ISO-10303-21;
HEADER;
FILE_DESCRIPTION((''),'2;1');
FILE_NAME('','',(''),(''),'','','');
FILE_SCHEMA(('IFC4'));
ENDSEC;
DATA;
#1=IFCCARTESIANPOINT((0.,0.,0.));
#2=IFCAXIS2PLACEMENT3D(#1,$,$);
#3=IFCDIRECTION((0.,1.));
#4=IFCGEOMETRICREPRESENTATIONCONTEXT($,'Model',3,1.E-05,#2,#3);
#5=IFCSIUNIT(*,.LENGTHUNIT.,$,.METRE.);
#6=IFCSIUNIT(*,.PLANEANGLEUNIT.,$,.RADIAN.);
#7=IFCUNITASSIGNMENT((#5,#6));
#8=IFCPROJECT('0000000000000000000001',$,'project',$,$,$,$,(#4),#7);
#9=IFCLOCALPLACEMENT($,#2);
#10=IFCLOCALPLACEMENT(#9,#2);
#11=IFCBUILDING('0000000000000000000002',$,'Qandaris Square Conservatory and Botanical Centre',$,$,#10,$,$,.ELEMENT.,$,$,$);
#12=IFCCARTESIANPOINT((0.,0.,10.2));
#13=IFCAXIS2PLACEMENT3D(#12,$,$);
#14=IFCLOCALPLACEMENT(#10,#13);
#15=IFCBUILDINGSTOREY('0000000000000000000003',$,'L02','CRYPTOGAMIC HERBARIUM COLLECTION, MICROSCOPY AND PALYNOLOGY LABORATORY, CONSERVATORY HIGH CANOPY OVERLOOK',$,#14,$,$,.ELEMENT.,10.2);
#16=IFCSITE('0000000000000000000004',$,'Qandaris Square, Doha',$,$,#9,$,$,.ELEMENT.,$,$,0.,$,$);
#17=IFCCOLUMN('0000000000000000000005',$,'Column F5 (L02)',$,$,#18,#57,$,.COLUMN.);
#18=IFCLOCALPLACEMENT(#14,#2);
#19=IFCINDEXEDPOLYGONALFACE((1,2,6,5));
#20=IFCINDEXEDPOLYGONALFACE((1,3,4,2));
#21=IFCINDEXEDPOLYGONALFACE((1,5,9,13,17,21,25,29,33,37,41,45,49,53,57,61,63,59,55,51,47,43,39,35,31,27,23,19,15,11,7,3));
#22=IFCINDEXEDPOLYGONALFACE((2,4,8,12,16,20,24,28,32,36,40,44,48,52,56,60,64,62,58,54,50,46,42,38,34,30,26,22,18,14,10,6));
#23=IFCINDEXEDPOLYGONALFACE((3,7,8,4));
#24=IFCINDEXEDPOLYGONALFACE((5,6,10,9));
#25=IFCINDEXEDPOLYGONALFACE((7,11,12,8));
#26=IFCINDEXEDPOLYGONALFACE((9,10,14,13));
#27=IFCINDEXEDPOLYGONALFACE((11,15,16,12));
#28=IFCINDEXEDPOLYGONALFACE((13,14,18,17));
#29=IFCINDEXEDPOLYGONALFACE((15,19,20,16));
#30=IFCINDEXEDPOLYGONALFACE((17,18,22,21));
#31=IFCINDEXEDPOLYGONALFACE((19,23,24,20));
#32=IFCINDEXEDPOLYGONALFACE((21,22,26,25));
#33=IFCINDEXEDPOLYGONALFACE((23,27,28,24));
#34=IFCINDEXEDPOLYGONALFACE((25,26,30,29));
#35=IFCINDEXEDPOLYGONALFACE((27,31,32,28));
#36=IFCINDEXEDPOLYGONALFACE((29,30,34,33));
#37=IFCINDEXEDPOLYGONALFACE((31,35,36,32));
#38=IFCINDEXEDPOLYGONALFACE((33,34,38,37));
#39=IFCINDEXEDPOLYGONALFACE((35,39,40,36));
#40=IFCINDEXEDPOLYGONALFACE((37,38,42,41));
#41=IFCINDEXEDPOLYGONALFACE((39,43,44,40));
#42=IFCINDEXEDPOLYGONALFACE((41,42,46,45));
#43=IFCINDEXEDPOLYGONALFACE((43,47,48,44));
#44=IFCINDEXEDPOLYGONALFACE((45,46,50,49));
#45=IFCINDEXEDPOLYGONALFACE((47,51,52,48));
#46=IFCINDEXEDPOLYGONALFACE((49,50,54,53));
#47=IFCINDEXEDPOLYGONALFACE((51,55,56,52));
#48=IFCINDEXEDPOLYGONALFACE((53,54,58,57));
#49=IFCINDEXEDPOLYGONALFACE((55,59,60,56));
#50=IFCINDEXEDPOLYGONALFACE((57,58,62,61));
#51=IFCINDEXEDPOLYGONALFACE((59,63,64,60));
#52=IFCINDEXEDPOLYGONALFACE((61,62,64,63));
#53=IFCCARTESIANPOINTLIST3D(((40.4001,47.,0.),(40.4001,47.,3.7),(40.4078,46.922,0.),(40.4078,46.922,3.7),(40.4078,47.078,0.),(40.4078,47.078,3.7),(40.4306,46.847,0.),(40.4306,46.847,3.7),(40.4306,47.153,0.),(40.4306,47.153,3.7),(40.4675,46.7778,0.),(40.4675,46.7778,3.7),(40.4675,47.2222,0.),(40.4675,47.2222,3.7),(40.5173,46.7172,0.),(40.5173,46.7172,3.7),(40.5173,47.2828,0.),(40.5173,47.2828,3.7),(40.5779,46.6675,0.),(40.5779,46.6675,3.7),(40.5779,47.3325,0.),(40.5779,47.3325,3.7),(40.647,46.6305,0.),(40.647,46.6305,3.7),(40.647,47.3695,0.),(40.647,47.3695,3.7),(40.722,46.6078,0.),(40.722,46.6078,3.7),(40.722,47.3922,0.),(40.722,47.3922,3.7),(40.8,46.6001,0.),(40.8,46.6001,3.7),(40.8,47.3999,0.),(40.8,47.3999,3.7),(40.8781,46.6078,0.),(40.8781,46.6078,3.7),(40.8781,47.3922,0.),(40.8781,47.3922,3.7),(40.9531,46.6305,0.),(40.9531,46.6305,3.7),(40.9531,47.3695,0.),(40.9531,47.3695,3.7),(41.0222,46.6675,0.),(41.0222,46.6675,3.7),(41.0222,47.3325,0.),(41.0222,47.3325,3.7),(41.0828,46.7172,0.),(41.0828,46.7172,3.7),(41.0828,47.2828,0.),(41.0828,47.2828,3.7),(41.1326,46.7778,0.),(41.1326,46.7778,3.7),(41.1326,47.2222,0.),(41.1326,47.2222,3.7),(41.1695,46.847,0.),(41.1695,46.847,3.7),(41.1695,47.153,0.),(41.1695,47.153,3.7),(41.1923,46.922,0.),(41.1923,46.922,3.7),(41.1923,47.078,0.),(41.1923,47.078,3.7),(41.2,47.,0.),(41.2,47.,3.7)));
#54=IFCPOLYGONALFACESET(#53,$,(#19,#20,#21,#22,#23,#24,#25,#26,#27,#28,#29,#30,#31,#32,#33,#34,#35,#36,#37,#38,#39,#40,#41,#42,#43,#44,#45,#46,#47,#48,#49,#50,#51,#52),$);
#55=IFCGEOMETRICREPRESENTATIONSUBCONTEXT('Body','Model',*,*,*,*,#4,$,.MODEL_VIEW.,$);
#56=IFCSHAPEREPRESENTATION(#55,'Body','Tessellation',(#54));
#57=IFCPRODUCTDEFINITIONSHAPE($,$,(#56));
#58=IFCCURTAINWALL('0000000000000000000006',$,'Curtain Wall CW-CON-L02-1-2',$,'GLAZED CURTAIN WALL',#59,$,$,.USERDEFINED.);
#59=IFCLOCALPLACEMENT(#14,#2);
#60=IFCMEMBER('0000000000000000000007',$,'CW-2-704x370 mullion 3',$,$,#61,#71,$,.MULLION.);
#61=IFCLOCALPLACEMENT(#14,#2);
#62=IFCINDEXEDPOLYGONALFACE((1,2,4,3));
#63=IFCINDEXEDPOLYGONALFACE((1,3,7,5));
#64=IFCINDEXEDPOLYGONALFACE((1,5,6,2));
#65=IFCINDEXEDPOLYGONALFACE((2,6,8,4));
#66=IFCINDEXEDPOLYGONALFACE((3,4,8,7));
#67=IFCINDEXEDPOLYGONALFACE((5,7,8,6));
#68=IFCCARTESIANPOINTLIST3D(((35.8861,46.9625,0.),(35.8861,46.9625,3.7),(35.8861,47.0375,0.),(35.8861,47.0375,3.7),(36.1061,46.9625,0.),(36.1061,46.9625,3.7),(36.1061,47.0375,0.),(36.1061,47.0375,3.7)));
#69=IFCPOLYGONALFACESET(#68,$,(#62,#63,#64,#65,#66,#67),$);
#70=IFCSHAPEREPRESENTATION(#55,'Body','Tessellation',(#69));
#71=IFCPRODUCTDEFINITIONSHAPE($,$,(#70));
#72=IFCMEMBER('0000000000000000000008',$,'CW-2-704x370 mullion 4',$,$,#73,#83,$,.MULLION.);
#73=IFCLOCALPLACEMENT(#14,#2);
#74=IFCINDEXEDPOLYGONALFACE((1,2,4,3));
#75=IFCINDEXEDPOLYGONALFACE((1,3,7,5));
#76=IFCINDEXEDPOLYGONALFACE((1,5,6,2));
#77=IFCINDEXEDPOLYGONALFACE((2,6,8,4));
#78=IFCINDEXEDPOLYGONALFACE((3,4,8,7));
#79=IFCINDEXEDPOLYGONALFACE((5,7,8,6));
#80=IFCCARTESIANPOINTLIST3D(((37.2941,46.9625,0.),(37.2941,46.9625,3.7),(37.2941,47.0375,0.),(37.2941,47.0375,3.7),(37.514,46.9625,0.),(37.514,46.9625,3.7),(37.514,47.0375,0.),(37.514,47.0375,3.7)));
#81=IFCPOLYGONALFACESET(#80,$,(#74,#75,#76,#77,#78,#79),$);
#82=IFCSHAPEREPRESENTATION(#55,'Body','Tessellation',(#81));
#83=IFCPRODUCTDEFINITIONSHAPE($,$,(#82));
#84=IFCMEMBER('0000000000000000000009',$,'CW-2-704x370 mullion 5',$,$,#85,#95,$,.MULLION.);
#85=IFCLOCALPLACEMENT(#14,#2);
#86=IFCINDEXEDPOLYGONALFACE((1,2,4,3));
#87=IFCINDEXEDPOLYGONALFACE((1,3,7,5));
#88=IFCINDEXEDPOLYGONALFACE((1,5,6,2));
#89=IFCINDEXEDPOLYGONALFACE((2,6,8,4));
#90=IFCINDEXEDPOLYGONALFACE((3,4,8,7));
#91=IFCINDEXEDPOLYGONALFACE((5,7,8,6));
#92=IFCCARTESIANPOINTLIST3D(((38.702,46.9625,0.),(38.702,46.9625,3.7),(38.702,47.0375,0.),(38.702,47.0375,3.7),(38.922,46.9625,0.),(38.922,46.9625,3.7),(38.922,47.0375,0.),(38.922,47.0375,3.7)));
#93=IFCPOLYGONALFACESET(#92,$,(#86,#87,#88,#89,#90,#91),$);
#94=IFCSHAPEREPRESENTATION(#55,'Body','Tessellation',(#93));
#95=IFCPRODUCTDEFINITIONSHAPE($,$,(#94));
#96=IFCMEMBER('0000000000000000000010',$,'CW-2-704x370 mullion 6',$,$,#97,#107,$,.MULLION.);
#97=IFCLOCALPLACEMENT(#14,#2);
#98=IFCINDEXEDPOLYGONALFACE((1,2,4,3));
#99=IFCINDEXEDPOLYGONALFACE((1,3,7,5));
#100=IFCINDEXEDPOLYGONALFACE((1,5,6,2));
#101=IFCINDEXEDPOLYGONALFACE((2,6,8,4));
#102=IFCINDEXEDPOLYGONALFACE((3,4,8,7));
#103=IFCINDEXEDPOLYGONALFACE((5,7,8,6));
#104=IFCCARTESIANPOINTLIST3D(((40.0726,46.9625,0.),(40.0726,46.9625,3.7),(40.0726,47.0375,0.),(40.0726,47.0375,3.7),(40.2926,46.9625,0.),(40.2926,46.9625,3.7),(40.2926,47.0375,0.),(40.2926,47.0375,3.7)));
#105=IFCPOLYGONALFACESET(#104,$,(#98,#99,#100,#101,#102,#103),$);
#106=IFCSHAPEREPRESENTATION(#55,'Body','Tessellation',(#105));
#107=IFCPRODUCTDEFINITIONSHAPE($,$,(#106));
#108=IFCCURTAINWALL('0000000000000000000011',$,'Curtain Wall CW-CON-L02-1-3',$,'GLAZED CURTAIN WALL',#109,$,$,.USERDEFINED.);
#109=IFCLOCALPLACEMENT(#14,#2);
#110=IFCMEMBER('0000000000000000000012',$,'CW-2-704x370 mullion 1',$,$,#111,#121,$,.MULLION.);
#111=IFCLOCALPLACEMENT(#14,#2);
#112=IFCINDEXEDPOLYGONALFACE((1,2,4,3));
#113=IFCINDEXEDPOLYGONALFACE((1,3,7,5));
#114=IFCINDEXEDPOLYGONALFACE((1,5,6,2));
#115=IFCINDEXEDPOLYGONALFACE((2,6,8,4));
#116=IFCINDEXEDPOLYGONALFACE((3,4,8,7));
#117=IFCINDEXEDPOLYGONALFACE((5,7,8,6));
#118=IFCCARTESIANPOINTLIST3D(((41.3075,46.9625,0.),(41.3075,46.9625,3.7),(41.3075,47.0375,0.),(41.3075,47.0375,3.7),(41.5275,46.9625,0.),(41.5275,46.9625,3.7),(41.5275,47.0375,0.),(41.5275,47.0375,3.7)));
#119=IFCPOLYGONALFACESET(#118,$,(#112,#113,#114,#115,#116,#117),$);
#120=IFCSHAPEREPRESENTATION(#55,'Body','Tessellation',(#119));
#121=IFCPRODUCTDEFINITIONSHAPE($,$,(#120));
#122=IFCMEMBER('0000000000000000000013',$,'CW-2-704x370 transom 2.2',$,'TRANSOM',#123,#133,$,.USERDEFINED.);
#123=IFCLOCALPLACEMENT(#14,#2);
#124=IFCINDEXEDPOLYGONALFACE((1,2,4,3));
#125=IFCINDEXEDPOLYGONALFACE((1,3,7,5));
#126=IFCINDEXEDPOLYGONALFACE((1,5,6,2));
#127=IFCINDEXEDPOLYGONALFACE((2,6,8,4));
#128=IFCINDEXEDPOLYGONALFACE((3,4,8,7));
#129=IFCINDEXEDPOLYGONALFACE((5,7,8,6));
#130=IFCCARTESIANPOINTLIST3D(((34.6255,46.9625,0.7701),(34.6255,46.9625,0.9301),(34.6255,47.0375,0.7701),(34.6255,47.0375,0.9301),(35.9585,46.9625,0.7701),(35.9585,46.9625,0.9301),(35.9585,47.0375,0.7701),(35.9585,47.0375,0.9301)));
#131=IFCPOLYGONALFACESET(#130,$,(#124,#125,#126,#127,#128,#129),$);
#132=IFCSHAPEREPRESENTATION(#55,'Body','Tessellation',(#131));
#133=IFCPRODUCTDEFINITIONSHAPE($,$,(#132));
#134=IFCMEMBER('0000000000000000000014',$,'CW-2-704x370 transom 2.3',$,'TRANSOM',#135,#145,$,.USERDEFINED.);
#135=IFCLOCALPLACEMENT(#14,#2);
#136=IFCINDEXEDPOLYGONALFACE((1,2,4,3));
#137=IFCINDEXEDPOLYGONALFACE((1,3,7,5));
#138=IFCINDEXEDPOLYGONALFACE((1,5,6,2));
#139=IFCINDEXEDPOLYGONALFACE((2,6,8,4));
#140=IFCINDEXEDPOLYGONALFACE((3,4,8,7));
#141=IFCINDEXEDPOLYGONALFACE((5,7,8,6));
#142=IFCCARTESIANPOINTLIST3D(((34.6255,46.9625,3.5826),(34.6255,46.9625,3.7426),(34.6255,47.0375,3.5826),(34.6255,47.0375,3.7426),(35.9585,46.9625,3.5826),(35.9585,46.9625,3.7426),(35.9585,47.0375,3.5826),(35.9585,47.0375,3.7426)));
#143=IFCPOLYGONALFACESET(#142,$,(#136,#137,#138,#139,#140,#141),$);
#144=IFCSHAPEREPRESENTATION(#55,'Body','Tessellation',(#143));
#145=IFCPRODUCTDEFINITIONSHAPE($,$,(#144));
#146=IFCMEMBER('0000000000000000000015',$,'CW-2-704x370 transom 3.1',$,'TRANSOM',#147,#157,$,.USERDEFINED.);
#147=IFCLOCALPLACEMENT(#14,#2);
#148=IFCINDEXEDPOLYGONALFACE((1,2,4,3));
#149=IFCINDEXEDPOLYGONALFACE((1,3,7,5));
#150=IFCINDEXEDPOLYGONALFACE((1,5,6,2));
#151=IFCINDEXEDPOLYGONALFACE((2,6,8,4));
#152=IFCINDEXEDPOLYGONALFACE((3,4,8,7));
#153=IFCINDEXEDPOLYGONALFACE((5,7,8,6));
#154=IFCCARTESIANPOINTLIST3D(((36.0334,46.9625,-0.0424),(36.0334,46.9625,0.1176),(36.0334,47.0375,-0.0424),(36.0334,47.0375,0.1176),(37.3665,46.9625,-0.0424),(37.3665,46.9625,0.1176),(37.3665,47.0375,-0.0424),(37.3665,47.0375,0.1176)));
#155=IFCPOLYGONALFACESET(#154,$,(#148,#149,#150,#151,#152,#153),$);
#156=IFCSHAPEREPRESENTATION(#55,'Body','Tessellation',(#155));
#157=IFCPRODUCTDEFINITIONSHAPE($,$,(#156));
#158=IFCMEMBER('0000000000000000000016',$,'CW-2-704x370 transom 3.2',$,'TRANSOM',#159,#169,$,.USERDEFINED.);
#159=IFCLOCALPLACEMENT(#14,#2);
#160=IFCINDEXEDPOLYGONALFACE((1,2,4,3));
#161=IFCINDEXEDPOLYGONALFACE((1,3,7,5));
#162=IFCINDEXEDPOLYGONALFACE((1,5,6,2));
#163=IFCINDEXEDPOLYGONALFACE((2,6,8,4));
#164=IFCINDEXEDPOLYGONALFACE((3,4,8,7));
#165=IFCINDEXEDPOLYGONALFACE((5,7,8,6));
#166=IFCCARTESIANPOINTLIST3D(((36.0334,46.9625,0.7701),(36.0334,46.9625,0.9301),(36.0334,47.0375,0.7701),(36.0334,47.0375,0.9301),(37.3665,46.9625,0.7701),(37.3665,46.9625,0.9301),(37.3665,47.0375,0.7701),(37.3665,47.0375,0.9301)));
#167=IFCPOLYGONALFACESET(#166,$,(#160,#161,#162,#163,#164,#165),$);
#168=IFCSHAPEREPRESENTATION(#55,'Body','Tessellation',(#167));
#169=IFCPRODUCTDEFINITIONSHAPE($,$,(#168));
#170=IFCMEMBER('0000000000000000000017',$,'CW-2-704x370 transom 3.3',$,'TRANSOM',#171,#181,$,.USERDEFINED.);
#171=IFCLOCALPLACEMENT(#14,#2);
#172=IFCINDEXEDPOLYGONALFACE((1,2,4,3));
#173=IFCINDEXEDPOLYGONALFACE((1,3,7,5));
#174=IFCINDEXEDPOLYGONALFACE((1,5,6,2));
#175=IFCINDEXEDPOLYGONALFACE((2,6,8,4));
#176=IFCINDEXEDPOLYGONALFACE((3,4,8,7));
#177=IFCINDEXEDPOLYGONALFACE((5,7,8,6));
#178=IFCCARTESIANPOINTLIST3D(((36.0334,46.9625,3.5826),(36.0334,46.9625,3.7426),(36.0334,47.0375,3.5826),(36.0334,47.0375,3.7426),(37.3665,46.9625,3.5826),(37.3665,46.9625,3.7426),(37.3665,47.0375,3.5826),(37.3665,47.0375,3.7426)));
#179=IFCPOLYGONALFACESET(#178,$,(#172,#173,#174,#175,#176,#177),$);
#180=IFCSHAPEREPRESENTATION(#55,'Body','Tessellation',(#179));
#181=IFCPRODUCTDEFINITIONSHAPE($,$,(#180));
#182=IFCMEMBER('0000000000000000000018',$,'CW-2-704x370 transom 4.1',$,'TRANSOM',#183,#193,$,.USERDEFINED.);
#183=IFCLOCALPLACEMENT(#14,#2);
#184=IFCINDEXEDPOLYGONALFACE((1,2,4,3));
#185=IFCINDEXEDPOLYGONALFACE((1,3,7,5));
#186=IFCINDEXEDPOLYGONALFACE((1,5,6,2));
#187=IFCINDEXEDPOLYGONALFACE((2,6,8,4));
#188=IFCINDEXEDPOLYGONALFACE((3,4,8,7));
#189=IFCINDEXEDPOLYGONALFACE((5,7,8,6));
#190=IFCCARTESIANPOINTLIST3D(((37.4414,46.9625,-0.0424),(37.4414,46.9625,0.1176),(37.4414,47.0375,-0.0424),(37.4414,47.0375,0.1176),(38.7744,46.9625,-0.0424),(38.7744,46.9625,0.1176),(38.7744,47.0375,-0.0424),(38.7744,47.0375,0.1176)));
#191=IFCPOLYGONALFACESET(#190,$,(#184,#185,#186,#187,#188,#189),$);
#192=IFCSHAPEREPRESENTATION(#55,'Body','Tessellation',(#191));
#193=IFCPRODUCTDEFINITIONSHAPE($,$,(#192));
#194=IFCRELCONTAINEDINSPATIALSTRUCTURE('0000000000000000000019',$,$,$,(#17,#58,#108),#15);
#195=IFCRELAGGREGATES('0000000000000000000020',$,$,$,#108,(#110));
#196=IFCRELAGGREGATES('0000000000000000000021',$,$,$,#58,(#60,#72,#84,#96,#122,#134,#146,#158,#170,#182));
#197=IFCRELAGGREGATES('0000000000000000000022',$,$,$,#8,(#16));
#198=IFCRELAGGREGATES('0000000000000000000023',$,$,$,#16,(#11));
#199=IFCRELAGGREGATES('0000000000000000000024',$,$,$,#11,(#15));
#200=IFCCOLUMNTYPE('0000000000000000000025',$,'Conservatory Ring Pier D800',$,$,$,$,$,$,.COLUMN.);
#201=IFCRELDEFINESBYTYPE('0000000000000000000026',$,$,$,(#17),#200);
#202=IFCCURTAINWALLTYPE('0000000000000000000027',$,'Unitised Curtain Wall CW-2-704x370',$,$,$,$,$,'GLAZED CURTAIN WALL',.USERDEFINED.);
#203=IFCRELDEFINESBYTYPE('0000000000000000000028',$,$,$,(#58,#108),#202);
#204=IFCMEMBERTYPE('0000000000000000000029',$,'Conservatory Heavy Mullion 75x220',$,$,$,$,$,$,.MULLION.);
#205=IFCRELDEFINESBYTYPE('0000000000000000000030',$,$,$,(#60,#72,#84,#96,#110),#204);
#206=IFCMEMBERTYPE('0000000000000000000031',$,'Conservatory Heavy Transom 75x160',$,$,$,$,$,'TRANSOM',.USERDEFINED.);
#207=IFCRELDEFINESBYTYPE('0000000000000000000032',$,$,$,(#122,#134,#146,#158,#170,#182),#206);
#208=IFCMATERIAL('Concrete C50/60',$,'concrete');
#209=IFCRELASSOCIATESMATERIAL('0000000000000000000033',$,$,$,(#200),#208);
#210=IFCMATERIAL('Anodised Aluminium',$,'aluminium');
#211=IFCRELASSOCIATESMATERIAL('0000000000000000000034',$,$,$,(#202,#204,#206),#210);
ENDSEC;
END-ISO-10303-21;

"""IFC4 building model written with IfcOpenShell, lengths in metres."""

from ifc_helpers import new_model, si_unit, direction, frame, origin, origin_2d, place, context, subcontext, project, spatial, rectangle, circle, extrude, material, material_profile, profile_set, type_object, element, aggregate, save


model = new_model("IFC4")

# Units and contexts
model_context = context("Model", 3, precision=1e-05, world=origin(), true_north=direction((0.0, 1.0)))
body_context = subcontext(model_context, "Body", "Model", "MODEL_VIEW")
ifc_project = project(units=[si_unit("LENGTHUNIT", "METRE"), si_unit("PLANEANGLEUNIT", "RADIAN")], contexts=[model_context])

# Site, building, storey
site_placement = place(None, origin())
site = spatial("IfcSite", under=ifc_project, at=site_placement, Name="Qandaris Square, Doha", CompositionType="ELEMENT", RefElevation=0.0)
building_placement = place(site_placement, origin())
building = spatial("IfcBuilding", under=site, at=building_placement, Name="Qandaris Square Conservatory and Botanical Centre", CompositionType="ELEMENT")
storey_placement = place(building_placement, frame((0.0, 0.0, 10.2)))
storey = spatial("IfcBuildingStorey", under=building, at=storey_placement, Name="L02", Description="CRYPTOGAMIC HERBARIUM COLLECTION, MICROSCOPY AND PALYNOLOGY LABORATORY, CONSERVATORY HIGH CANOPY OVERLOOK", CompositionType="ELEMENT", Elevation=10.2)

# Column
ifc_material_1 = material(Name="Concrete C50/60", Category="concrete")
ifc_material_profile_1 = material_profile(ifc_material_1, circle(Radius=0.3999, at=origin_2d()), Name="RC-COL D800")
ifc_profile_set_1 = profile_set([ifc_material_profile_1], Name="Concrete C50/60")
column_type = type_object("IfcColumnType", Name="Conservatory Ring Pier D800", PredefinedType="COLUMN", material=ifc_profile_set_1)
column_placement = place(storey_placement, frame((40.8, 47.0, 0.0), z_axis=(0.0, 0.0, 1.0), x_axis=(1.0, 0.0, 0.0)))
element("IfcColumn", 1, at=column_placement, inside=storey, type_object=column_type, Name="Column F5 (L02)", PredefinedType="COLUMN", context=body_context, shape_type="SweptSolid", body=[
    extrude(circle(Radius=0.3999, at=origin_2d()), origin(), (0.0, 0.0, 1.0), 3.7),
])

# Curtain wall, members
ifc_material_2 = material(Name="Anodised Aluminium", Category="aluminium")
curtain_wall_type = type_object("IfcCurtainWallType", Name="Unitised Curtain Wall CW-2-704x370", ElementType="GLAZED CURTAIN WALL", PredefinedType="USERDEFINED", material=ifc_material_2)
curtain_wall_1_placement = place(storey_placement, origin())
curtain_wall_1 = element("IfcCurtainWall", 2, at=curtain_wall_1_placement, inside=storey, type_object=curtain_wall_type, Name="Curtain Wall CW-CON-L02-1-2", ObjectType="GLAZED CURTAIN WALL", PredefinedType="USERDEFINED")
ifc_material_profile_2 = material_profile(ifc_material_2, rectangle(XDim=0.075, YDim=0.22, at=origin_2d()), Name="ALU-MUL 75x220")
ifc_profile_set_2 = profile_set([ifc_material_profile_2], Name="Anodised Aluminium")
member_type_1 = type_object("IfcMemberType", Name="Conservatory Heavy Mullion 75x220", PredefinedType="MULLION", material=ifc_profile_set_2)
member_1_placement = place(storey_placement, frame((35.9961, 47.0, 0.0), z_axis=(0.0, 0.0, 1.0), x_axis=(0.0, 1.0, 0.0)))
member_1 = element("IfcMember", 3, at=member_1_placement, type_object=member_type_1, Name="CW-2-704x370 mullion 3", PredefinedType="MULLION", context=body_context, shape_type="SweptSolid", body=[
    extrude(rectangle(XDim=0.075, YDim=0.22, at=origin_2d()), origin(), (0.0, 0.0, 1.0), 3.7),
])
member_2_placement = place(storey_placement, frame((37.4041, 47.0, 0.0), z_axis=(0.0, 0.0, 1.0), x_axis=(0.0, 1.0, 0.0)))
member_2 = element("IfcMember", 4, at=member_2_placement, type_object=member_type_1, Name="CW-2-704x370 mullion 4", PredefinedType="MULLION", context=body_context, shape_type="SweptSolid", body=[
    extrude(rectangle(XDim=0.075, YDim=0.22, at=origin_2d()), origin(), (0.0, 0.0, 1.0), 3.7),
])
member_3_placement = place(storey_placement, frame((38.812, 47.0, 0.0), z_axis=(0.0, 0.0, 1.0), x_axis=(0.0, 1.0, 0.0)))
member_3 = element("IfcMember", 5, at=member_3_placement, type_object=member_type_1, Name="CW-2-704x370 mullion 5", PredefinedType="MULLION", context=body_context, shape_type="SweptSolid", body=[
    extrude(rectangle(XDim=0.075, YDim=0.22, at=origin_2d()), origin(), (0.0, 0.0, 1.0), 3.7),
])
member_4_placement = place(storey_placement, frame((40.1826, 47.0, 0.0), z_axis=(0.0, 0.0, 1.0), x_axis=(0.0, 1.0, 0.0)))
member_4 = element("IfcMember", 6, at=member_4_placement, type_object=member_type_1, Name="CW-2-704x370 mullion 6", PredefinedType="MULLION", context=body_context, shape_type="SweptSolid", body=[
    extrude(rectangle(XDim=0.075, YDim=0.22, at=origin_2d()), origin(), (0.0, 0.0, 1.0), 3.7),
])

# Curtain wall, member
curtain_wall_2_placement = place(storey_placement, origin())
curtain_wall_2 = element("IfcCurtainWall", 7, at=curtain_wall_2_placement, inside=storey, type_object=curtain_wall_type, Name="Curtain Wall CW-CON-L02-1-3", ObjectType="GLAZED CURTAIN WALL", PredefinedType="USERDEFINED")
member_5_placement = place(storey_placement, frame((41.4175, 47.0, 0.0), z_axis=(0.0, 0.0, 1.0), x_axis=(0.0, 1.0, 0.0)))
member_5 = element("IfcMember", 8, at=member_5_placement, type_object=member_type_1, Name="CW-2-704x370 mullion 1", PredefinedType="MULLION", context=body_context, shape_type="SweptSolid", body=[
    extrude(rectangle(XDim=0.075, YDim=0.22, at=origin_2d()), origin(), (0.0, 0.0, 1.0), 3.7),
])

# Members
ifc_material_profile_3 = material_profile(ifc_material_2, rectangle(XDim=0.075, YDim=0.1599, at=origin_2d()), Name="ALU-TRN 75x160")
ifc_profile_set_3 = profile_set([ifc_material_profile_3], Name="Anodised Aluminium")
member_type_2 = type_object("IfcMemberType", Name="Conservatory Heavy Transom 75x160", ElementType="TRANSOM", PredefinedType="USERDEFINED", material=ifc_profile_set_3)
member_6_placement = place(storey_placement, frame((34.6255, 47.0, 0.8501), z_axis=(1.0, 0.0, 0.0), x_axis=(0.0, 1.0, 0.0)))
member_6 = element("IfcMember", 9, at=member_6_placement, type_object=member_type_2, Name="CW-2-704x370 transom 2.2", ObjectType="TRANSOM", PredefinedType="USERDEFINED", context=body_context, shape_type="SweptSolid", body=[
    extrude(rectangle(XDim=0.075, YDim=0.1599, at=origin_2d()), origin(), (0.0, 0.0, 1.0), 1.333),
])
member_7_placement = place(storey_placement, frame((34.6255, 47.0, 3.6626), z_axis=(1.0, 0.0, 0.0), x_axis=(0.0, 1.0, 0.0)))
member_7 = element("IfcMember", 10, at=member_7_placement, type_object=member_type_2, Name="CW-2-704x370 transom 2.3", ObjectType="TRANSOM", PredefinedType="USERDEFINED", context=body_context, shape_type="SweptSolid", body=[
    extrude(rectangle(XDim=0.075, YDim=0.1599, at=origin_2d()), origin(), (0.0, 0.0, 1.0), 1.333),
])
member_8_placement = place(storey_placement, frame((36.0334, 47.0, 0.0376), z_axis=(1.0, 0.0, 0.0), x_axis=(0.0, 1.0, 0.0)))
member_8 = element("IfcMember", 11, at=member_8_placement, type_object=member_type_2, Name="CW-2-704x370 transom 3.1", ObjectType="TRANSOM", PredefinedType="USERDEFINED", context=body_context, shape_type="SweptSolid", body=[
    extrude(rectangle(XDim=0.075, YDim=0.1599, at=origin_2d()), origin(), (0.0, 0.0, 1.0), 1.333),
])
member_9_placement = place(storey_placement, frame((36.0334, 47.0, 0.8501), z_axis=(1.0, 0.0, 0.0), x_axis=(0.0, 1.0, 0.0)))
member_9 = element("IfcMember", 12, at=member_9_placement, type_object=member_type_2, Name="CW-2-704x370 transom 3.2", ObjectType="TRANSOM", PredefinedType="USERDEFINED", context=body_context, shape_type="SweptSolid", body=[
    extrude(rectangle(XDim=0.075, YDim=0.1599, at=origin_2d()), origin(), (0.0, 0.0, 1.0), 1.333),
])
member_10_placement = place(storey_placement, frame((36.0334, 47.0, 3.6626), z_axis=(1.0, 0.0, 0.0), x_axis=(0.0, 1.0, 0.0)))
member_10 = element("IfcMember", 13, at=member_10_placement, type_object=member_type_2, Name="CW-2-704x370 transom 3.3", ObjectType="TRANSOM", PredefinedType="USERDEFINED", context=body_context, shape_type="SweptSolid", body=[
    extrude(rectangle(XDim=0.075, YDim=0.1599, at=origin_2d()), origin(), (0.0, 0.0, 1.0), 1.333),
])
member_11_placement = place(storey_placement, frame((37.4414, 47.0, 0.0376), z_axis=(1.0, 0.0, 0.0), x_axis=(0.0, 1.0, 0.0)))
member_11 = element("IfcMember", 14, at=member_11_placement, type_object=member_type_2, Name="CW-2-704x370 transom 4.1", ObjectType="TRANSOM", PredefinedType="USERDEFINED", context=body_context, shape_type="SweptSolid", body=[
    extrude(rectangle(XDim=0.075, YDim=0.1599, at=origin_2d()), origin(), (0.0, 0.0, 1.0), 1.333),
])
aggregate(curtain_wall_2, [member_5])

aggregate(curtain_wall_1, [member_1, member_2, member_3, member_4, member_6, member_7, member_8, member_9, member_10, member_11])

save(model, "model.ifc")
